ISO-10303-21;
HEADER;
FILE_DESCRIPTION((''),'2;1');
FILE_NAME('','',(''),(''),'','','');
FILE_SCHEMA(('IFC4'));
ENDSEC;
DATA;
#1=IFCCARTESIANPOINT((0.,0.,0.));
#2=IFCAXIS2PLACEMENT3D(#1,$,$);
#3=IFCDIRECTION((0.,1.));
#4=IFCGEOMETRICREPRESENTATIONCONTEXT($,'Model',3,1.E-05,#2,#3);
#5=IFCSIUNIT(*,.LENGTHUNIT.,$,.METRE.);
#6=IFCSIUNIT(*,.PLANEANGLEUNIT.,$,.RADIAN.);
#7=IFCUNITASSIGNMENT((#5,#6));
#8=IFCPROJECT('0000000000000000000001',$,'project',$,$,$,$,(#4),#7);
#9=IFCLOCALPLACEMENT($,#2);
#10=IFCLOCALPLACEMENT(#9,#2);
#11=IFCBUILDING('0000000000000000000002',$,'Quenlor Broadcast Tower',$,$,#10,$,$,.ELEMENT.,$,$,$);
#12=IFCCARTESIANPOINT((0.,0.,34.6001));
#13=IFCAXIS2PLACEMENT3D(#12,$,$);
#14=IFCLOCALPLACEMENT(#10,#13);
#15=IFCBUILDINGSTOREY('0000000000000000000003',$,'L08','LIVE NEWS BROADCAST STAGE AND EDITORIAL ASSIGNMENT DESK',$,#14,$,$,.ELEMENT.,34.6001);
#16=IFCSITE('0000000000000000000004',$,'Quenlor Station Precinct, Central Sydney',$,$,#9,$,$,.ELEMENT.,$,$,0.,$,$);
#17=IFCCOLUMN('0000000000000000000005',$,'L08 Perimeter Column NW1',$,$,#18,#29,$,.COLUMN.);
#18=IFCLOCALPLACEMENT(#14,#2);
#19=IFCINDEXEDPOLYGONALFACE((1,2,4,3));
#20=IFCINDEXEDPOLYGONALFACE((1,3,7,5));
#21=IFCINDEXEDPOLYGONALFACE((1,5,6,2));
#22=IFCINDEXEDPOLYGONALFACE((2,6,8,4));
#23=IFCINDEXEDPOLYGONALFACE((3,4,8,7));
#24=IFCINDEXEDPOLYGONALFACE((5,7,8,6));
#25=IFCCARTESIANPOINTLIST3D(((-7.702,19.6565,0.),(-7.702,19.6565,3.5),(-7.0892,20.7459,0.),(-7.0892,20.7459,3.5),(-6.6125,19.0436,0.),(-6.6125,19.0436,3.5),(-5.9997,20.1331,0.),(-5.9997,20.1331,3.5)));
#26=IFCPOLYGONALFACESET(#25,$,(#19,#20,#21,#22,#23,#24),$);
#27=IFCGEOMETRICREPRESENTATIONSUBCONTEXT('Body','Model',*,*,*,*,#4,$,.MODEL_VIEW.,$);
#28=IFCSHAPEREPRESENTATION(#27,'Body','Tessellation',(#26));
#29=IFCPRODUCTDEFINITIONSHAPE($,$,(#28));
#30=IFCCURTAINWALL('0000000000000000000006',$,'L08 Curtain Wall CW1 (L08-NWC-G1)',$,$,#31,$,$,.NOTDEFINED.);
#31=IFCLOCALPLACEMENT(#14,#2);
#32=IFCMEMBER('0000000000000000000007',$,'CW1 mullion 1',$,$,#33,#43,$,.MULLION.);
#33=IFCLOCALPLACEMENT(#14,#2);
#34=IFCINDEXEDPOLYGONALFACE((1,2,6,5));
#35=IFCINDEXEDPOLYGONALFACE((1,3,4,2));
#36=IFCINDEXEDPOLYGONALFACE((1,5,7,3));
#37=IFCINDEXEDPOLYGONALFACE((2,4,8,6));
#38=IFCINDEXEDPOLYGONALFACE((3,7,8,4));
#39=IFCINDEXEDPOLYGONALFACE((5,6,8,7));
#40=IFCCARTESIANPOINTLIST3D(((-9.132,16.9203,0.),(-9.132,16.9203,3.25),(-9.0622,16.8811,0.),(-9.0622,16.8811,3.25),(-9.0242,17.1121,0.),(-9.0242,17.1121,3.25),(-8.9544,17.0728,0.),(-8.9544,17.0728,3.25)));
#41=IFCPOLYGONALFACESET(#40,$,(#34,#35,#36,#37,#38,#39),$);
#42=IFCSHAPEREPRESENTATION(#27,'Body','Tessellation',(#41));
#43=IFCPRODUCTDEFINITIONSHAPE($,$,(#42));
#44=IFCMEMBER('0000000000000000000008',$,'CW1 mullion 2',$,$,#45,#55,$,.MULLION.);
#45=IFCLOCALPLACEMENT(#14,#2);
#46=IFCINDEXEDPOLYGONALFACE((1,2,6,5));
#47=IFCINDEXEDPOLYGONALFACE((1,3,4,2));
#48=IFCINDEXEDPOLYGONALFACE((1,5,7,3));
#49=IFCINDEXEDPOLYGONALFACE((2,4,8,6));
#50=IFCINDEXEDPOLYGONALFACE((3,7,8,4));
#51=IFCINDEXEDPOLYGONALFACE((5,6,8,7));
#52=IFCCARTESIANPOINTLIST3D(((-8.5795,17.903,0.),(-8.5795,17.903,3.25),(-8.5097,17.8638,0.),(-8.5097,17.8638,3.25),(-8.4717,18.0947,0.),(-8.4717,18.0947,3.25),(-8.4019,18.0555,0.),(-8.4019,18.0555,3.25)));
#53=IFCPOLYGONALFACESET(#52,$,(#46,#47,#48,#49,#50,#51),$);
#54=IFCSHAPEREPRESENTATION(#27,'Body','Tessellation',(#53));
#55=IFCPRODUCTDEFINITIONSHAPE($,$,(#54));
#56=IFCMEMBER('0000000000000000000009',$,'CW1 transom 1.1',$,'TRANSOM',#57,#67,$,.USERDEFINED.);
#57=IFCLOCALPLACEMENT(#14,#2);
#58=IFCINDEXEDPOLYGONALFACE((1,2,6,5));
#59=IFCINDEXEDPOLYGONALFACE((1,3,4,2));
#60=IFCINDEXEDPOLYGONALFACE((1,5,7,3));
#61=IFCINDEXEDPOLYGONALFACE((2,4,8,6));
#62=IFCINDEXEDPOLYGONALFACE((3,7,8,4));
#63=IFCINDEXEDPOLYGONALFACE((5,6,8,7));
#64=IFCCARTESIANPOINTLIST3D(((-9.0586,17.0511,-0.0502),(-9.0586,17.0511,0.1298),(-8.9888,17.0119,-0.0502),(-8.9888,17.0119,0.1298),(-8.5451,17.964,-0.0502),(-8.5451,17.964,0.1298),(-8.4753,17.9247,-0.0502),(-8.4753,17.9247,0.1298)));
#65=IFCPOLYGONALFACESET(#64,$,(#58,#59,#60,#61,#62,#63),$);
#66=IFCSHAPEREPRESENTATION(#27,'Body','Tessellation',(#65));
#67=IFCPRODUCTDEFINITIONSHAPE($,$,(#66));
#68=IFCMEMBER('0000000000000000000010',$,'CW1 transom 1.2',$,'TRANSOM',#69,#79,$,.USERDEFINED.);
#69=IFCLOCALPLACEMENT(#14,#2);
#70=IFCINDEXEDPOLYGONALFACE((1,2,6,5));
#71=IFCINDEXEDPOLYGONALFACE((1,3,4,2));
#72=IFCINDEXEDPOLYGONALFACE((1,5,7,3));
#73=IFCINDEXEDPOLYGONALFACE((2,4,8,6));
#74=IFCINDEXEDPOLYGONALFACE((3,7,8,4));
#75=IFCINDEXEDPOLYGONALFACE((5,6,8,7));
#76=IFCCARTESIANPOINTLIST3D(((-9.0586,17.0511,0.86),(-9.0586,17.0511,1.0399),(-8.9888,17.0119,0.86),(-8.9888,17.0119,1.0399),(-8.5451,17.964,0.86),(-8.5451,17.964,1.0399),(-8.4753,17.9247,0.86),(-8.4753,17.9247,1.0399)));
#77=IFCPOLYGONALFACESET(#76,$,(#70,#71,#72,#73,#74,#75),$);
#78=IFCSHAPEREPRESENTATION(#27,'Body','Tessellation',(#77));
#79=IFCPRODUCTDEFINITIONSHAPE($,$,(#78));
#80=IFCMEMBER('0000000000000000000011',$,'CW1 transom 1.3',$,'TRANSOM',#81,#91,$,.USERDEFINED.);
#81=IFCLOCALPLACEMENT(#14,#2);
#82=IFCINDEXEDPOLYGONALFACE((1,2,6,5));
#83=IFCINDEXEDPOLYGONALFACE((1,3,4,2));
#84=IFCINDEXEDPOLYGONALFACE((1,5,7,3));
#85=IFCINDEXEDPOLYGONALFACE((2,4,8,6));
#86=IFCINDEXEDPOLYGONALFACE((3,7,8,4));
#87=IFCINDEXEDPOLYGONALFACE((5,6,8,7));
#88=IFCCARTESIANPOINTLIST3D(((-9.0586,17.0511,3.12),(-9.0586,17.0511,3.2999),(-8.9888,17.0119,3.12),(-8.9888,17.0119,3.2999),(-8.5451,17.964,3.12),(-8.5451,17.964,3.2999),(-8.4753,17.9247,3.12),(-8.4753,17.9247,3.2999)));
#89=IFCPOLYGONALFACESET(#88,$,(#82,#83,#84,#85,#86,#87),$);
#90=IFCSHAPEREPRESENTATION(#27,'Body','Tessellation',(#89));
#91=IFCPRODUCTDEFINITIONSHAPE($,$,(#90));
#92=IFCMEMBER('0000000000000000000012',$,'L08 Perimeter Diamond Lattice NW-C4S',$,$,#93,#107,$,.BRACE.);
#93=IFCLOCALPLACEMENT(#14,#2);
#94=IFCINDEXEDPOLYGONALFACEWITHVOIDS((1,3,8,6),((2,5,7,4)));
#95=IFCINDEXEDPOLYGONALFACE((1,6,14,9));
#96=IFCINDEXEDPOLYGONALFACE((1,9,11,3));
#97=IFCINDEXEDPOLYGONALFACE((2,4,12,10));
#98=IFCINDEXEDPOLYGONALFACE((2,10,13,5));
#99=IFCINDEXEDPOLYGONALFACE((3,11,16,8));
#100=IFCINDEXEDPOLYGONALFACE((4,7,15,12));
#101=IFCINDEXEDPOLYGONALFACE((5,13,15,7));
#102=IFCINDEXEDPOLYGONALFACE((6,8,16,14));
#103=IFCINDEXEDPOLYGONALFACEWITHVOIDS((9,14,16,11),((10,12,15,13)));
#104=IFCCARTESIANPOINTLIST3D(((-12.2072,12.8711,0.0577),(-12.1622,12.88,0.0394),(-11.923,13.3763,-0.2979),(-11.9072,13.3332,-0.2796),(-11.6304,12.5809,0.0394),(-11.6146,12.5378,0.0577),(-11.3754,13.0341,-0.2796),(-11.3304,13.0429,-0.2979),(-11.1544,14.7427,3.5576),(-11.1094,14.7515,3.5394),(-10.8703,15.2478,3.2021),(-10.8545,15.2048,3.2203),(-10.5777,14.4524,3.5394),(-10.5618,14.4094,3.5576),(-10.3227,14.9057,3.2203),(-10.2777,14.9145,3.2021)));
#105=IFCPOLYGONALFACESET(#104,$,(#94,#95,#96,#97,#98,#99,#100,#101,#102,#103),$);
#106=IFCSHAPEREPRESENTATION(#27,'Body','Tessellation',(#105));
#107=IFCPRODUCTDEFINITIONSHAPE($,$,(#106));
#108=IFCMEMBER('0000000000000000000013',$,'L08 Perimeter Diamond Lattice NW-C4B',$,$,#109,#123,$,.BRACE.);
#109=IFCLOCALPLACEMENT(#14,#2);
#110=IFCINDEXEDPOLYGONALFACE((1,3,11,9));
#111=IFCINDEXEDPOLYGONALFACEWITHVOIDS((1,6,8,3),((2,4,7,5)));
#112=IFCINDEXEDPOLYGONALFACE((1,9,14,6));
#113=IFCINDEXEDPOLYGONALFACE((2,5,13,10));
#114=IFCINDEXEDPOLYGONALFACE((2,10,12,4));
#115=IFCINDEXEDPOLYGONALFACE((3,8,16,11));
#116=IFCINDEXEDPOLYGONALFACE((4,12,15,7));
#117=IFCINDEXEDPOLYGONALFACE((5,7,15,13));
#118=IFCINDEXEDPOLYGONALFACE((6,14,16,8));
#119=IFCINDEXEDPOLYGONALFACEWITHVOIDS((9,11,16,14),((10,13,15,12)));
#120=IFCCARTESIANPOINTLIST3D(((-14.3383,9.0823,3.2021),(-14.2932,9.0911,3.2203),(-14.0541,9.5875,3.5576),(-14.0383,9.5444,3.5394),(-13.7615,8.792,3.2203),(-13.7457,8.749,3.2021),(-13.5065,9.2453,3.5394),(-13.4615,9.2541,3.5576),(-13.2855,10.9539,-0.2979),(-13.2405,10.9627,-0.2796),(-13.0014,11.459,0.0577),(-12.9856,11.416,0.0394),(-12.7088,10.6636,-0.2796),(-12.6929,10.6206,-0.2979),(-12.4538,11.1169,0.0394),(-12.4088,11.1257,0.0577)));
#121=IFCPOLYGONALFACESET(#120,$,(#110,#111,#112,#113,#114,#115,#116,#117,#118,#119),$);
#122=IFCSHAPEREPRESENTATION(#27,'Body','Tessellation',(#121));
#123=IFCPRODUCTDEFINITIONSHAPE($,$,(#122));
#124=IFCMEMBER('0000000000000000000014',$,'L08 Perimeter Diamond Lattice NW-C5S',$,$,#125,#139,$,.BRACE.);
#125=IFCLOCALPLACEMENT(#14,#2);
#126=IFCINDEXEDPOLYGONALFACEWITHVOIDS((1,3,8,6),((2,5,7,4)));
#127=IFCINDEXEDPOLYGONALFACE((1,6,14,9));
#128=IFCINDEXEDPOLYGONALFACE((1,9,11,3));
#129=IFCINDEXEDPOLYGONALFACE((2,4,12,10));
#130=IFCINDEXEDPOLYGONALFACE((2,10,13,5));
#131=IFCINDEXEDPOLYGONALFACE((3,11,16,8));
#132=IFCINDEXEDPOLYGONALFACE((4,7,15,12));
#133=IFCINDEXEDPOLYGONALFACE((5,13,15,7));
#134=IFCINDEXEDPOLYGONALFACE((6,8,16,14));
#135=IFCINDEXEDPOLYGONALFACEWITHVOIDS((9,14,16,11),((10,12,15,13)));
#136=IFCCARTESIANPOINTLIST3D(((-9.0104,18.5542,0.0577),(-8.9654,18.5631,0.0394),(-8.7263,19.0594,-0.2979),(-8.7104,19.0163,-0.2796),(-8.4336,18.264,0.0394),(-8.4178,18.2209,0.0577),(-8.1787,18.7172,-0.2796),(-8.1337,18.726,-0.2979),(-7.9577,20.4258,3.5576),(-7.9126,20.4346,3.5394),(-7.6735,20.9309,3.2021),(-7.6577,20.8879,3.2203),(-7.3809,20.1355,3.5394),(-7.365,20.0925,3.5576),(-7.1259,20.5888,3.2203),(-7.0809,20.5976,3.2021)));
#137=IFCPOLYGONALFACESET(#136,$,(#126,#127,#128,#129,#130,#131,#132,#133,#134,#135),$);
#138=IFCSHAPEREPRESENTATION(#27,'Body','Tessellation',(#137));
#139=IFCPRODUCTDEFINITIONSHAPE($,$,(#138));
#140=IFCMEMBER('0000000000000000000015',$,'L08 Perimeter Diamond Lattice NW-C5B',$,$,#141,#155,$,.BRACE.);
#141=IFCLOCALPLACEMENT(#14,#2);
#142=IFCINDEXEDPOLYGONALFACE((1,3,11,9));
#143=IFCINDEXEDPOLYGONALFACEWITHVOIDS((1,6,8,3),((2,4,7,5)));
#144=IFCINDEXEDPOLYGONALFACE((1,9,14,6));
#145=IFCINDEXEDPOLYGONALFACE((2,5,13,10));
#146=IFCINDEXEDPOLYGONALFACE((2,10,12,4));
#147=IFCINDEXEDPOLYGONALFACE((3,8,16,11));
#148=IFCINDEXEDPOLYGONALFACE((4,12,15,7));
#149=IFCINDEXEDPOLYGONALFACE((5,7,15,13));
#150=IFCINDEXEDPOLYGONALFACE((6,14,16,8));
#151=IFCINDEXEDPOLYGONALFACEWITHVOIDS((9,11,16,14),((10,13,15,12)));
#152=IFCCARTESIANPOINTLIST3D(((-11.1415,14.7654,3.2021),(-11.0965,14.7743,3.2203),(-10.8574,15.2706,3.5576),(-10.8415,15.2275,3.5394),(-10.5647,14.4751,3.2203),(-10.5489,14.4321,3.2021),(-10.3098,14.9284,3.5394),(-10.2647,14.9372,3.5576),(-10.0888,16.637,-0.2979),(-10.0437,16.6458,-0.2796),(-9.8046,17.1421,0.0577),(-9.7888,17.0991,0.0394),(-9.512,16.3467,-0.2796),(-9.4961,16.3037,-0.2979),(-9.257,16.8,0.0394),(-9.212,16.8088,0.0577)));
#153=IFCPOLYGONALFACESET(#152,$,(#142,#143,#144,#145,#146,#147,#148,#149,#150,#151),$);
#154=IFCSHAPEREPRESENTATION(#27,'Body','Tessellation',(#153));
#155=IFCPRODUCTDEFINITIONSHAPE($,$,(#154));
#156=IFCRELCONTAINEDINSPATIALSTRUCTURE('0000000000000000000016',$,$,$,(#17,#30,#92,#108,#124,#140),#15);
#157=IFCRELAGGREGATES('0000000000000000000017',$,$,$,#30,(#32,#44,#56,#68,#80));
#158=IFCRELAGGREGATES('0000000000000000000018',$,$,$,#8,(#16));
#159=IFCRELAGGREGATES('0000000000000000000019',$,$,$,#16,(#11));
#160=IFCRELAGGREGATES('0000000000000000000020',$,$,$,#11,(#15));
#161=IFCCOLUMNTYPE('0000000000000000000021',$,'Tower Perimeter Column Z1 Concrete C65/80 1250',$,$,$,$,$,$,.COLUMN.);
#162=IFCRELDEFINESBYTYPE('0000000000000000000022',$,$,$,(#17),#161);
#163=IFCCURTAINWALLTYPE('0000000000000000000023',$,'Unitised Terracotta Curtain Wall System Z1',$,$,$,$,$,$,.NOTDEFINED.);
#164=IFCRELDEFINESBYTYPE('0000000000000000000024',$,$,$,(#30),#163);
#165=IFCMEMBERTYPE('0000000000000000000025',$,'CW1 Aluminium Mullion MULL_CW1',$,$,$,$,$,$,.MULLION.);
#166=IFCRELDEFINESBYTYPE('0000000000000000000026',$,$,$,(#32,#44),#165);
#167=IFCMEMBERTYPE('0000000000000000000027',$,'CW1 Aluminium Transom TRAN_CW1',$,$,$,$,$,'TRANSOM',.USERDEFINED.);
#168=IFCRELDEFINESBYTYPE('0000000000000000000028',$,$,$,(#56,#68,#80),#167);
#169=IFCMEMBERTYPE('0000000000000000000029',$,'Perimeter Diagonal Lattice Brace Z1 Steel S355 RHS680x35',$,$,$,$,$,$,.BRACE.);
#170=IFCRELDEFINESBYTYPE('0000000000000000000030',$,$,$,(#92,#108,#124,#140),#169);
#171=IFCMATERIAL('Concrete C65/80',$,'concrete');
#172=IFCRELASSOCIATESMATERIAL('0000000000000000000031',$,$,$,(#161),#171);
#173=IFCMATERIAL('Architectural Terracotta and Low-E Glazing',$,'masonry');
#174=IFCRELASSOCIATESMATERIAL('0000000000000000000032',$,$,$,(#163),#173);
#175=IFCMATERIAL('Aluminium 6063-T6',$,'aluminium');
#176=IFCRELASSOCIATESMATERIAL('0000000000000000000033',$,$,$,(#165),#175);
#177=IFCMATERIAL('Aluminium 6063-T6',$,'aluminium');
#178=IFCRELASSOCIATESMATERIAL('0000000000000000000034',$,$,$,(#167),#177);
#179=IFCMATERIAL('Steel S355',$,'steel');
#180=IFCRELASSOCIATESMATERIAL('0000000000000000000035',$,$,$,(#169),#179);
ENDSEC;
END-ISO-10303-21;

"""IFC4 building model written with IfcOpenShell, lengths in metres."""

from ifc_helpers import new_model, si_unit, direction, frame, origin, origin_2d, place, context, subcontext, project, spatial, rectangle, hollow_rectangle, extrude, material, material_profile, profile_set, type_object, element, aggregate, save


model = new_model("IFC4")

# Units and contexts
model_context = context("Model", 3, precision=1e-05, world=origin(), true_north=direction((0.0, 1.0)))
body_context = subcontext(model_context, "Body", "Model", "MODEL_VIEW")
ifc_project = project(units=[si_unit("LENGTHUNIT", "METRE"), si_unit("PLANEANGLEUNIT", "RADIAN")], contexts=[model_context])

# Site, building, storey
site_placement = place(None, origin())
site = spatial("IfcSite", under=ifc_project, at=site_placement, Name="Quenlor Station Precinct, Central Sydney", CompositionType="ELEMENT", RefElevation=0.0)
building_placement = place(site_placement, origin())
building = spatial("IfcBuilding", under=site, at=building_placement, Name="Quenlor Broadcast Tower", CompositionType="ELEMENT")
storey_placement = place(building_placement, frame((0.0, 0.0, 34.6001)))
storey = spatial("IfcBuildingStorey", under=building, at=storey_placement, Name="L08", Description="LIVE NEWS BROADCAST STAGE AND EDITORIAL ASSIGNMENT DESK", CompositionType="ELEMENT", Elevation=34.6001)

# Column
ifc_material_1 = material(Name="Concrete C65/80", Category="concrete")
ifc_material_profile_1 = material_profile(ifc_material_1, rectangle(XDim=1.25, YDim=1.25, at=origin_2d()))
ifc_profile_set_1 = profile_set([ifc_material_profile_1], Name="Concrete C65/80 RC1250x1250")
column_type = type_object("IfcColumnType", Name="Tower Perimeter Column Z1 Concrete C65/80 1250", PredefinedType="COLUMN", material=ifc_profile_set_1)
column_placement = place(storey_placement, frame((-6.8508, 19.8948, 0.0), z_axis=(0.0, 0.0, 1.0), x_axis=(-0.871575, 0.490262, 0.0)))
element("IfcColumn", 1, at=column_placement, inside=storey, type_object=column_type, Name="L08 Perimeter Column NW1", PredefinedType="COLUMN", context=body_context, shape_type="SweptSolid", body=[
    extrude(rectangle(XDim=1.25, YDim=1.25, at=origin_2d()), origin(), (0.0, 0.0, 1.0), 3.5),
])

# Curtain wall, members
ifc_material_2 = material(Name="Architectural Terracotta and Low-E Glazing", Category="masonry")
curtain_wall_type = type_object("IfcCurtainWallType", Name="Unitised Terracotta Curtain Wall System Z1", PredefinedType="NOTDEFINED", material=ifc_material_2)
curtain_wall_placement = place(storey_placement, origin())
curtain_wall = element("IfcCurtainWall", 2, at=curtain_wall_placement, inside=storey, type_object=curtain_wall_type, Name="L08 Curtain Wall CW1 (L08-NWC-G1)", PredefinedType="NOTDEFINED")
ifc_material_3 = material(Name="Aluminium 6063-T6", Category="aluminium")
ifc_material_profile_2 = material_profile(ifc_material_3, rectangle(XDim=0.0801, YDim=0.22, at=origin_2d()))
ifc_profile_set_2 = profile_set([ifc_material_profile_2], Name="Aluminium 6063-T6 MULL80x220")
member_type_1 = type_object("IfcMemberType", Name="CW1 Aluminium Mullion MULL_CW1", PredefinedType="MULLION", material=ifc_profile_set_2)
member_1_placement = place(storey_placement, frame((-9.0432, 16.9966, 0.0), z_axis=(0.0, 0.0, 1.0), x_axis=(-0.871602, 0.490214, 0.0)))
member_1 = element("IfcMember", 3, at=member_1_placement, type_object=member_type_1, Name="CW1 mullion 1", PredefinedType="MULLION", context=body_context, shape_type="SweptSolid", body=[
    extrude(rectangle(XDim=0.0801, YDim=0.22, at=origin_2d()), origin(), (0.0, 0.0, 1.0), 3.25),
])
member_2_placement = place(storey_placement, frame((-8.4907, 17.9792, 0.0), z_axis=(0.0, 0.0, 1.0), x_axis=(-0.871602, 0.490214, 0.0)))
member_2 = element("IfcMember", 4, at=member_2_placement, type_object=member_type_1, Name="CW1 mullion 2", PredefinedType="MULLION", context=body_context, shape_type="SweptSolid", body=[
    extrude(rectangle(XDim=0.0801, YDim=0.22, at=origin_2d()), origin(), (0.0, 0.0, 1.0), 3.25),
])
ifc_material_4 = material(Name="Aluminium 6063-T6", Category="aluminium")
ifc_material_profile_3 = material_profile(ifc_material_4, rectangle(XDim=0.0801, YDim=0.1799, at=origin_2d()))
ifc_profile_set_3 = profile_set([ifc_material_profile_3], Name="Aluminium 6063-T6 TRAN80x180")
member_type_2 = type_object("IfcMemberType", Name="CW1 Aluminium Transom TRAN_CW1", ElementType="TRANSOM", PredefinedType="USERDEFINED", material=ifc_profile_set_3)
member_3_placement = place(storey_placement, frame((-9.0237, 17.0315, 0.0398), z_axis=(0.490228, 0.871594, 0.0), x_axis=(-0.871594, 0.490228, 0.0)))
member_3 = element("IfcMember", 5, at=member_3_placement, type_object=member_type_2, Name="CW1 transom 1.1", ObjectType="TRANSOM", PredefinedType="USERDEFINED", context=body_context, shape_type="SweptSolid", body=[
    extrude(rectangle(XDim=0.0801, YDim=0.1799, at=origin_2d()), origin(), (0.0, 0.0, 1.0), 1.0474),
])
member_4_placement = place(storey_placement, frame((-9.0237, 17.0315, 0.95), z_axis=(0.490228, 0.871594, 0.0), x_axis=(-0.871594, 0.490228, 0.0)))
member_4 = element("IfcMember", 6, at=member_4_placement, type_object=member_type_2, Name="CW1 transom 1.2", ObjectType="TRANSOM", PredefinedType="USERDEFINED", context=body_context, shape_type="SweptSolid", body=[
    extrude(rectangle(XDim=0.0801, YDim=0.1799, at=origin_2d()), origin(), (0.0, 0.0, 1.0), 1.0474),
])
member_5_placement = place(storey_placement, frame((-9.0237, 17.0315, 3.21), z_axis=(0.490228, 0.871594, 0.0), x_axis=(-0.871594, 0.490228, 0.0)))
member_5 = element("IfcMember", 7, at=member_5_placement, type_object=member_type_2, Name="CW1 transom 1.3", ObjectType="TRANSOM", PredefinedType="USERDEFINED", context=body_context, shape_type="SweptSolid", body=[
    extrude(rectangle(XDim=0.0801, YDim=0.1799, at=origin_2d()), origin(), (0.0, 0.0, 1.0), 1.0474),
])

# Members
ifc_material_5 = material(Name="Steel S355", Category="steel")
ifc_material_profile_4 = material_profile(ifc_material_5, hollow_rectangle(XDim=0.6799, YDim=0.6799, WallThickness=0.0349, at=origin_2d()))
ifc_profile_set_4 = profile_set([ifc_material_profile_4], Name="Steel S355 RHS680x680x35")
member_type_3 = type_object("IfcMemberType", Name="Perimeter Diagonal Lattice Brace Z1 Steel S355 RHS680x35", PredefinedType="BRACE", material=ifc_profile_set_4)
for number, where, z_axis, x_axis, name in (
    (8, (-11.7688, 12.957, -0.1201), (0.256375, 0.455792, 0.852365), (-0.871582, 0.49025, 0.0), "L08 Perimeter Diamond Lattice NW-C4S"),
    (9, (-12.8472, 11.0398, -0.1201), (-0.256375, -0.455792, 0.852365), (0.871582, -0.49025, 0.0), "L08 Perimeter Diamond Lattice NW-C4B"),
    (10, (-8.572, 18.6401, -0.1201), (0.256375, 0.455792, 0.852365), (-0.871582, 0.49025, 0.0), "L08 Perimeter Diamond Lattice NW-C5S"),
    (11, (-9.6504, 16.7229, -0.1201), (-0.256375, -0.455792, 0.852365), (0.871582, -0.49025, 0.0), "L08 Perimeter Diamond Lattice NW-C5B"),
):
    element("IfcMember", number, at=place(storey_placement, frame(where, z_axis=z_axis, x_axis=x_axis)), inside=storey, type_object=member_type_3, Name=name, PredefinedType="BRACE", context=body_context, shape_type="SweptSolid", body=[
        extrude(hollow_rectangle(XDim=0.6799, YDim=0.6799, WallThickness=0.0349, at=origin_2d()), origin(), (0.0, 0.0, 1.0), 4.1062),
    ])

aggregate(curtain_wall, [member_1, member_2, member_3, member_4, member_5])

save(model, "model.ifc")
